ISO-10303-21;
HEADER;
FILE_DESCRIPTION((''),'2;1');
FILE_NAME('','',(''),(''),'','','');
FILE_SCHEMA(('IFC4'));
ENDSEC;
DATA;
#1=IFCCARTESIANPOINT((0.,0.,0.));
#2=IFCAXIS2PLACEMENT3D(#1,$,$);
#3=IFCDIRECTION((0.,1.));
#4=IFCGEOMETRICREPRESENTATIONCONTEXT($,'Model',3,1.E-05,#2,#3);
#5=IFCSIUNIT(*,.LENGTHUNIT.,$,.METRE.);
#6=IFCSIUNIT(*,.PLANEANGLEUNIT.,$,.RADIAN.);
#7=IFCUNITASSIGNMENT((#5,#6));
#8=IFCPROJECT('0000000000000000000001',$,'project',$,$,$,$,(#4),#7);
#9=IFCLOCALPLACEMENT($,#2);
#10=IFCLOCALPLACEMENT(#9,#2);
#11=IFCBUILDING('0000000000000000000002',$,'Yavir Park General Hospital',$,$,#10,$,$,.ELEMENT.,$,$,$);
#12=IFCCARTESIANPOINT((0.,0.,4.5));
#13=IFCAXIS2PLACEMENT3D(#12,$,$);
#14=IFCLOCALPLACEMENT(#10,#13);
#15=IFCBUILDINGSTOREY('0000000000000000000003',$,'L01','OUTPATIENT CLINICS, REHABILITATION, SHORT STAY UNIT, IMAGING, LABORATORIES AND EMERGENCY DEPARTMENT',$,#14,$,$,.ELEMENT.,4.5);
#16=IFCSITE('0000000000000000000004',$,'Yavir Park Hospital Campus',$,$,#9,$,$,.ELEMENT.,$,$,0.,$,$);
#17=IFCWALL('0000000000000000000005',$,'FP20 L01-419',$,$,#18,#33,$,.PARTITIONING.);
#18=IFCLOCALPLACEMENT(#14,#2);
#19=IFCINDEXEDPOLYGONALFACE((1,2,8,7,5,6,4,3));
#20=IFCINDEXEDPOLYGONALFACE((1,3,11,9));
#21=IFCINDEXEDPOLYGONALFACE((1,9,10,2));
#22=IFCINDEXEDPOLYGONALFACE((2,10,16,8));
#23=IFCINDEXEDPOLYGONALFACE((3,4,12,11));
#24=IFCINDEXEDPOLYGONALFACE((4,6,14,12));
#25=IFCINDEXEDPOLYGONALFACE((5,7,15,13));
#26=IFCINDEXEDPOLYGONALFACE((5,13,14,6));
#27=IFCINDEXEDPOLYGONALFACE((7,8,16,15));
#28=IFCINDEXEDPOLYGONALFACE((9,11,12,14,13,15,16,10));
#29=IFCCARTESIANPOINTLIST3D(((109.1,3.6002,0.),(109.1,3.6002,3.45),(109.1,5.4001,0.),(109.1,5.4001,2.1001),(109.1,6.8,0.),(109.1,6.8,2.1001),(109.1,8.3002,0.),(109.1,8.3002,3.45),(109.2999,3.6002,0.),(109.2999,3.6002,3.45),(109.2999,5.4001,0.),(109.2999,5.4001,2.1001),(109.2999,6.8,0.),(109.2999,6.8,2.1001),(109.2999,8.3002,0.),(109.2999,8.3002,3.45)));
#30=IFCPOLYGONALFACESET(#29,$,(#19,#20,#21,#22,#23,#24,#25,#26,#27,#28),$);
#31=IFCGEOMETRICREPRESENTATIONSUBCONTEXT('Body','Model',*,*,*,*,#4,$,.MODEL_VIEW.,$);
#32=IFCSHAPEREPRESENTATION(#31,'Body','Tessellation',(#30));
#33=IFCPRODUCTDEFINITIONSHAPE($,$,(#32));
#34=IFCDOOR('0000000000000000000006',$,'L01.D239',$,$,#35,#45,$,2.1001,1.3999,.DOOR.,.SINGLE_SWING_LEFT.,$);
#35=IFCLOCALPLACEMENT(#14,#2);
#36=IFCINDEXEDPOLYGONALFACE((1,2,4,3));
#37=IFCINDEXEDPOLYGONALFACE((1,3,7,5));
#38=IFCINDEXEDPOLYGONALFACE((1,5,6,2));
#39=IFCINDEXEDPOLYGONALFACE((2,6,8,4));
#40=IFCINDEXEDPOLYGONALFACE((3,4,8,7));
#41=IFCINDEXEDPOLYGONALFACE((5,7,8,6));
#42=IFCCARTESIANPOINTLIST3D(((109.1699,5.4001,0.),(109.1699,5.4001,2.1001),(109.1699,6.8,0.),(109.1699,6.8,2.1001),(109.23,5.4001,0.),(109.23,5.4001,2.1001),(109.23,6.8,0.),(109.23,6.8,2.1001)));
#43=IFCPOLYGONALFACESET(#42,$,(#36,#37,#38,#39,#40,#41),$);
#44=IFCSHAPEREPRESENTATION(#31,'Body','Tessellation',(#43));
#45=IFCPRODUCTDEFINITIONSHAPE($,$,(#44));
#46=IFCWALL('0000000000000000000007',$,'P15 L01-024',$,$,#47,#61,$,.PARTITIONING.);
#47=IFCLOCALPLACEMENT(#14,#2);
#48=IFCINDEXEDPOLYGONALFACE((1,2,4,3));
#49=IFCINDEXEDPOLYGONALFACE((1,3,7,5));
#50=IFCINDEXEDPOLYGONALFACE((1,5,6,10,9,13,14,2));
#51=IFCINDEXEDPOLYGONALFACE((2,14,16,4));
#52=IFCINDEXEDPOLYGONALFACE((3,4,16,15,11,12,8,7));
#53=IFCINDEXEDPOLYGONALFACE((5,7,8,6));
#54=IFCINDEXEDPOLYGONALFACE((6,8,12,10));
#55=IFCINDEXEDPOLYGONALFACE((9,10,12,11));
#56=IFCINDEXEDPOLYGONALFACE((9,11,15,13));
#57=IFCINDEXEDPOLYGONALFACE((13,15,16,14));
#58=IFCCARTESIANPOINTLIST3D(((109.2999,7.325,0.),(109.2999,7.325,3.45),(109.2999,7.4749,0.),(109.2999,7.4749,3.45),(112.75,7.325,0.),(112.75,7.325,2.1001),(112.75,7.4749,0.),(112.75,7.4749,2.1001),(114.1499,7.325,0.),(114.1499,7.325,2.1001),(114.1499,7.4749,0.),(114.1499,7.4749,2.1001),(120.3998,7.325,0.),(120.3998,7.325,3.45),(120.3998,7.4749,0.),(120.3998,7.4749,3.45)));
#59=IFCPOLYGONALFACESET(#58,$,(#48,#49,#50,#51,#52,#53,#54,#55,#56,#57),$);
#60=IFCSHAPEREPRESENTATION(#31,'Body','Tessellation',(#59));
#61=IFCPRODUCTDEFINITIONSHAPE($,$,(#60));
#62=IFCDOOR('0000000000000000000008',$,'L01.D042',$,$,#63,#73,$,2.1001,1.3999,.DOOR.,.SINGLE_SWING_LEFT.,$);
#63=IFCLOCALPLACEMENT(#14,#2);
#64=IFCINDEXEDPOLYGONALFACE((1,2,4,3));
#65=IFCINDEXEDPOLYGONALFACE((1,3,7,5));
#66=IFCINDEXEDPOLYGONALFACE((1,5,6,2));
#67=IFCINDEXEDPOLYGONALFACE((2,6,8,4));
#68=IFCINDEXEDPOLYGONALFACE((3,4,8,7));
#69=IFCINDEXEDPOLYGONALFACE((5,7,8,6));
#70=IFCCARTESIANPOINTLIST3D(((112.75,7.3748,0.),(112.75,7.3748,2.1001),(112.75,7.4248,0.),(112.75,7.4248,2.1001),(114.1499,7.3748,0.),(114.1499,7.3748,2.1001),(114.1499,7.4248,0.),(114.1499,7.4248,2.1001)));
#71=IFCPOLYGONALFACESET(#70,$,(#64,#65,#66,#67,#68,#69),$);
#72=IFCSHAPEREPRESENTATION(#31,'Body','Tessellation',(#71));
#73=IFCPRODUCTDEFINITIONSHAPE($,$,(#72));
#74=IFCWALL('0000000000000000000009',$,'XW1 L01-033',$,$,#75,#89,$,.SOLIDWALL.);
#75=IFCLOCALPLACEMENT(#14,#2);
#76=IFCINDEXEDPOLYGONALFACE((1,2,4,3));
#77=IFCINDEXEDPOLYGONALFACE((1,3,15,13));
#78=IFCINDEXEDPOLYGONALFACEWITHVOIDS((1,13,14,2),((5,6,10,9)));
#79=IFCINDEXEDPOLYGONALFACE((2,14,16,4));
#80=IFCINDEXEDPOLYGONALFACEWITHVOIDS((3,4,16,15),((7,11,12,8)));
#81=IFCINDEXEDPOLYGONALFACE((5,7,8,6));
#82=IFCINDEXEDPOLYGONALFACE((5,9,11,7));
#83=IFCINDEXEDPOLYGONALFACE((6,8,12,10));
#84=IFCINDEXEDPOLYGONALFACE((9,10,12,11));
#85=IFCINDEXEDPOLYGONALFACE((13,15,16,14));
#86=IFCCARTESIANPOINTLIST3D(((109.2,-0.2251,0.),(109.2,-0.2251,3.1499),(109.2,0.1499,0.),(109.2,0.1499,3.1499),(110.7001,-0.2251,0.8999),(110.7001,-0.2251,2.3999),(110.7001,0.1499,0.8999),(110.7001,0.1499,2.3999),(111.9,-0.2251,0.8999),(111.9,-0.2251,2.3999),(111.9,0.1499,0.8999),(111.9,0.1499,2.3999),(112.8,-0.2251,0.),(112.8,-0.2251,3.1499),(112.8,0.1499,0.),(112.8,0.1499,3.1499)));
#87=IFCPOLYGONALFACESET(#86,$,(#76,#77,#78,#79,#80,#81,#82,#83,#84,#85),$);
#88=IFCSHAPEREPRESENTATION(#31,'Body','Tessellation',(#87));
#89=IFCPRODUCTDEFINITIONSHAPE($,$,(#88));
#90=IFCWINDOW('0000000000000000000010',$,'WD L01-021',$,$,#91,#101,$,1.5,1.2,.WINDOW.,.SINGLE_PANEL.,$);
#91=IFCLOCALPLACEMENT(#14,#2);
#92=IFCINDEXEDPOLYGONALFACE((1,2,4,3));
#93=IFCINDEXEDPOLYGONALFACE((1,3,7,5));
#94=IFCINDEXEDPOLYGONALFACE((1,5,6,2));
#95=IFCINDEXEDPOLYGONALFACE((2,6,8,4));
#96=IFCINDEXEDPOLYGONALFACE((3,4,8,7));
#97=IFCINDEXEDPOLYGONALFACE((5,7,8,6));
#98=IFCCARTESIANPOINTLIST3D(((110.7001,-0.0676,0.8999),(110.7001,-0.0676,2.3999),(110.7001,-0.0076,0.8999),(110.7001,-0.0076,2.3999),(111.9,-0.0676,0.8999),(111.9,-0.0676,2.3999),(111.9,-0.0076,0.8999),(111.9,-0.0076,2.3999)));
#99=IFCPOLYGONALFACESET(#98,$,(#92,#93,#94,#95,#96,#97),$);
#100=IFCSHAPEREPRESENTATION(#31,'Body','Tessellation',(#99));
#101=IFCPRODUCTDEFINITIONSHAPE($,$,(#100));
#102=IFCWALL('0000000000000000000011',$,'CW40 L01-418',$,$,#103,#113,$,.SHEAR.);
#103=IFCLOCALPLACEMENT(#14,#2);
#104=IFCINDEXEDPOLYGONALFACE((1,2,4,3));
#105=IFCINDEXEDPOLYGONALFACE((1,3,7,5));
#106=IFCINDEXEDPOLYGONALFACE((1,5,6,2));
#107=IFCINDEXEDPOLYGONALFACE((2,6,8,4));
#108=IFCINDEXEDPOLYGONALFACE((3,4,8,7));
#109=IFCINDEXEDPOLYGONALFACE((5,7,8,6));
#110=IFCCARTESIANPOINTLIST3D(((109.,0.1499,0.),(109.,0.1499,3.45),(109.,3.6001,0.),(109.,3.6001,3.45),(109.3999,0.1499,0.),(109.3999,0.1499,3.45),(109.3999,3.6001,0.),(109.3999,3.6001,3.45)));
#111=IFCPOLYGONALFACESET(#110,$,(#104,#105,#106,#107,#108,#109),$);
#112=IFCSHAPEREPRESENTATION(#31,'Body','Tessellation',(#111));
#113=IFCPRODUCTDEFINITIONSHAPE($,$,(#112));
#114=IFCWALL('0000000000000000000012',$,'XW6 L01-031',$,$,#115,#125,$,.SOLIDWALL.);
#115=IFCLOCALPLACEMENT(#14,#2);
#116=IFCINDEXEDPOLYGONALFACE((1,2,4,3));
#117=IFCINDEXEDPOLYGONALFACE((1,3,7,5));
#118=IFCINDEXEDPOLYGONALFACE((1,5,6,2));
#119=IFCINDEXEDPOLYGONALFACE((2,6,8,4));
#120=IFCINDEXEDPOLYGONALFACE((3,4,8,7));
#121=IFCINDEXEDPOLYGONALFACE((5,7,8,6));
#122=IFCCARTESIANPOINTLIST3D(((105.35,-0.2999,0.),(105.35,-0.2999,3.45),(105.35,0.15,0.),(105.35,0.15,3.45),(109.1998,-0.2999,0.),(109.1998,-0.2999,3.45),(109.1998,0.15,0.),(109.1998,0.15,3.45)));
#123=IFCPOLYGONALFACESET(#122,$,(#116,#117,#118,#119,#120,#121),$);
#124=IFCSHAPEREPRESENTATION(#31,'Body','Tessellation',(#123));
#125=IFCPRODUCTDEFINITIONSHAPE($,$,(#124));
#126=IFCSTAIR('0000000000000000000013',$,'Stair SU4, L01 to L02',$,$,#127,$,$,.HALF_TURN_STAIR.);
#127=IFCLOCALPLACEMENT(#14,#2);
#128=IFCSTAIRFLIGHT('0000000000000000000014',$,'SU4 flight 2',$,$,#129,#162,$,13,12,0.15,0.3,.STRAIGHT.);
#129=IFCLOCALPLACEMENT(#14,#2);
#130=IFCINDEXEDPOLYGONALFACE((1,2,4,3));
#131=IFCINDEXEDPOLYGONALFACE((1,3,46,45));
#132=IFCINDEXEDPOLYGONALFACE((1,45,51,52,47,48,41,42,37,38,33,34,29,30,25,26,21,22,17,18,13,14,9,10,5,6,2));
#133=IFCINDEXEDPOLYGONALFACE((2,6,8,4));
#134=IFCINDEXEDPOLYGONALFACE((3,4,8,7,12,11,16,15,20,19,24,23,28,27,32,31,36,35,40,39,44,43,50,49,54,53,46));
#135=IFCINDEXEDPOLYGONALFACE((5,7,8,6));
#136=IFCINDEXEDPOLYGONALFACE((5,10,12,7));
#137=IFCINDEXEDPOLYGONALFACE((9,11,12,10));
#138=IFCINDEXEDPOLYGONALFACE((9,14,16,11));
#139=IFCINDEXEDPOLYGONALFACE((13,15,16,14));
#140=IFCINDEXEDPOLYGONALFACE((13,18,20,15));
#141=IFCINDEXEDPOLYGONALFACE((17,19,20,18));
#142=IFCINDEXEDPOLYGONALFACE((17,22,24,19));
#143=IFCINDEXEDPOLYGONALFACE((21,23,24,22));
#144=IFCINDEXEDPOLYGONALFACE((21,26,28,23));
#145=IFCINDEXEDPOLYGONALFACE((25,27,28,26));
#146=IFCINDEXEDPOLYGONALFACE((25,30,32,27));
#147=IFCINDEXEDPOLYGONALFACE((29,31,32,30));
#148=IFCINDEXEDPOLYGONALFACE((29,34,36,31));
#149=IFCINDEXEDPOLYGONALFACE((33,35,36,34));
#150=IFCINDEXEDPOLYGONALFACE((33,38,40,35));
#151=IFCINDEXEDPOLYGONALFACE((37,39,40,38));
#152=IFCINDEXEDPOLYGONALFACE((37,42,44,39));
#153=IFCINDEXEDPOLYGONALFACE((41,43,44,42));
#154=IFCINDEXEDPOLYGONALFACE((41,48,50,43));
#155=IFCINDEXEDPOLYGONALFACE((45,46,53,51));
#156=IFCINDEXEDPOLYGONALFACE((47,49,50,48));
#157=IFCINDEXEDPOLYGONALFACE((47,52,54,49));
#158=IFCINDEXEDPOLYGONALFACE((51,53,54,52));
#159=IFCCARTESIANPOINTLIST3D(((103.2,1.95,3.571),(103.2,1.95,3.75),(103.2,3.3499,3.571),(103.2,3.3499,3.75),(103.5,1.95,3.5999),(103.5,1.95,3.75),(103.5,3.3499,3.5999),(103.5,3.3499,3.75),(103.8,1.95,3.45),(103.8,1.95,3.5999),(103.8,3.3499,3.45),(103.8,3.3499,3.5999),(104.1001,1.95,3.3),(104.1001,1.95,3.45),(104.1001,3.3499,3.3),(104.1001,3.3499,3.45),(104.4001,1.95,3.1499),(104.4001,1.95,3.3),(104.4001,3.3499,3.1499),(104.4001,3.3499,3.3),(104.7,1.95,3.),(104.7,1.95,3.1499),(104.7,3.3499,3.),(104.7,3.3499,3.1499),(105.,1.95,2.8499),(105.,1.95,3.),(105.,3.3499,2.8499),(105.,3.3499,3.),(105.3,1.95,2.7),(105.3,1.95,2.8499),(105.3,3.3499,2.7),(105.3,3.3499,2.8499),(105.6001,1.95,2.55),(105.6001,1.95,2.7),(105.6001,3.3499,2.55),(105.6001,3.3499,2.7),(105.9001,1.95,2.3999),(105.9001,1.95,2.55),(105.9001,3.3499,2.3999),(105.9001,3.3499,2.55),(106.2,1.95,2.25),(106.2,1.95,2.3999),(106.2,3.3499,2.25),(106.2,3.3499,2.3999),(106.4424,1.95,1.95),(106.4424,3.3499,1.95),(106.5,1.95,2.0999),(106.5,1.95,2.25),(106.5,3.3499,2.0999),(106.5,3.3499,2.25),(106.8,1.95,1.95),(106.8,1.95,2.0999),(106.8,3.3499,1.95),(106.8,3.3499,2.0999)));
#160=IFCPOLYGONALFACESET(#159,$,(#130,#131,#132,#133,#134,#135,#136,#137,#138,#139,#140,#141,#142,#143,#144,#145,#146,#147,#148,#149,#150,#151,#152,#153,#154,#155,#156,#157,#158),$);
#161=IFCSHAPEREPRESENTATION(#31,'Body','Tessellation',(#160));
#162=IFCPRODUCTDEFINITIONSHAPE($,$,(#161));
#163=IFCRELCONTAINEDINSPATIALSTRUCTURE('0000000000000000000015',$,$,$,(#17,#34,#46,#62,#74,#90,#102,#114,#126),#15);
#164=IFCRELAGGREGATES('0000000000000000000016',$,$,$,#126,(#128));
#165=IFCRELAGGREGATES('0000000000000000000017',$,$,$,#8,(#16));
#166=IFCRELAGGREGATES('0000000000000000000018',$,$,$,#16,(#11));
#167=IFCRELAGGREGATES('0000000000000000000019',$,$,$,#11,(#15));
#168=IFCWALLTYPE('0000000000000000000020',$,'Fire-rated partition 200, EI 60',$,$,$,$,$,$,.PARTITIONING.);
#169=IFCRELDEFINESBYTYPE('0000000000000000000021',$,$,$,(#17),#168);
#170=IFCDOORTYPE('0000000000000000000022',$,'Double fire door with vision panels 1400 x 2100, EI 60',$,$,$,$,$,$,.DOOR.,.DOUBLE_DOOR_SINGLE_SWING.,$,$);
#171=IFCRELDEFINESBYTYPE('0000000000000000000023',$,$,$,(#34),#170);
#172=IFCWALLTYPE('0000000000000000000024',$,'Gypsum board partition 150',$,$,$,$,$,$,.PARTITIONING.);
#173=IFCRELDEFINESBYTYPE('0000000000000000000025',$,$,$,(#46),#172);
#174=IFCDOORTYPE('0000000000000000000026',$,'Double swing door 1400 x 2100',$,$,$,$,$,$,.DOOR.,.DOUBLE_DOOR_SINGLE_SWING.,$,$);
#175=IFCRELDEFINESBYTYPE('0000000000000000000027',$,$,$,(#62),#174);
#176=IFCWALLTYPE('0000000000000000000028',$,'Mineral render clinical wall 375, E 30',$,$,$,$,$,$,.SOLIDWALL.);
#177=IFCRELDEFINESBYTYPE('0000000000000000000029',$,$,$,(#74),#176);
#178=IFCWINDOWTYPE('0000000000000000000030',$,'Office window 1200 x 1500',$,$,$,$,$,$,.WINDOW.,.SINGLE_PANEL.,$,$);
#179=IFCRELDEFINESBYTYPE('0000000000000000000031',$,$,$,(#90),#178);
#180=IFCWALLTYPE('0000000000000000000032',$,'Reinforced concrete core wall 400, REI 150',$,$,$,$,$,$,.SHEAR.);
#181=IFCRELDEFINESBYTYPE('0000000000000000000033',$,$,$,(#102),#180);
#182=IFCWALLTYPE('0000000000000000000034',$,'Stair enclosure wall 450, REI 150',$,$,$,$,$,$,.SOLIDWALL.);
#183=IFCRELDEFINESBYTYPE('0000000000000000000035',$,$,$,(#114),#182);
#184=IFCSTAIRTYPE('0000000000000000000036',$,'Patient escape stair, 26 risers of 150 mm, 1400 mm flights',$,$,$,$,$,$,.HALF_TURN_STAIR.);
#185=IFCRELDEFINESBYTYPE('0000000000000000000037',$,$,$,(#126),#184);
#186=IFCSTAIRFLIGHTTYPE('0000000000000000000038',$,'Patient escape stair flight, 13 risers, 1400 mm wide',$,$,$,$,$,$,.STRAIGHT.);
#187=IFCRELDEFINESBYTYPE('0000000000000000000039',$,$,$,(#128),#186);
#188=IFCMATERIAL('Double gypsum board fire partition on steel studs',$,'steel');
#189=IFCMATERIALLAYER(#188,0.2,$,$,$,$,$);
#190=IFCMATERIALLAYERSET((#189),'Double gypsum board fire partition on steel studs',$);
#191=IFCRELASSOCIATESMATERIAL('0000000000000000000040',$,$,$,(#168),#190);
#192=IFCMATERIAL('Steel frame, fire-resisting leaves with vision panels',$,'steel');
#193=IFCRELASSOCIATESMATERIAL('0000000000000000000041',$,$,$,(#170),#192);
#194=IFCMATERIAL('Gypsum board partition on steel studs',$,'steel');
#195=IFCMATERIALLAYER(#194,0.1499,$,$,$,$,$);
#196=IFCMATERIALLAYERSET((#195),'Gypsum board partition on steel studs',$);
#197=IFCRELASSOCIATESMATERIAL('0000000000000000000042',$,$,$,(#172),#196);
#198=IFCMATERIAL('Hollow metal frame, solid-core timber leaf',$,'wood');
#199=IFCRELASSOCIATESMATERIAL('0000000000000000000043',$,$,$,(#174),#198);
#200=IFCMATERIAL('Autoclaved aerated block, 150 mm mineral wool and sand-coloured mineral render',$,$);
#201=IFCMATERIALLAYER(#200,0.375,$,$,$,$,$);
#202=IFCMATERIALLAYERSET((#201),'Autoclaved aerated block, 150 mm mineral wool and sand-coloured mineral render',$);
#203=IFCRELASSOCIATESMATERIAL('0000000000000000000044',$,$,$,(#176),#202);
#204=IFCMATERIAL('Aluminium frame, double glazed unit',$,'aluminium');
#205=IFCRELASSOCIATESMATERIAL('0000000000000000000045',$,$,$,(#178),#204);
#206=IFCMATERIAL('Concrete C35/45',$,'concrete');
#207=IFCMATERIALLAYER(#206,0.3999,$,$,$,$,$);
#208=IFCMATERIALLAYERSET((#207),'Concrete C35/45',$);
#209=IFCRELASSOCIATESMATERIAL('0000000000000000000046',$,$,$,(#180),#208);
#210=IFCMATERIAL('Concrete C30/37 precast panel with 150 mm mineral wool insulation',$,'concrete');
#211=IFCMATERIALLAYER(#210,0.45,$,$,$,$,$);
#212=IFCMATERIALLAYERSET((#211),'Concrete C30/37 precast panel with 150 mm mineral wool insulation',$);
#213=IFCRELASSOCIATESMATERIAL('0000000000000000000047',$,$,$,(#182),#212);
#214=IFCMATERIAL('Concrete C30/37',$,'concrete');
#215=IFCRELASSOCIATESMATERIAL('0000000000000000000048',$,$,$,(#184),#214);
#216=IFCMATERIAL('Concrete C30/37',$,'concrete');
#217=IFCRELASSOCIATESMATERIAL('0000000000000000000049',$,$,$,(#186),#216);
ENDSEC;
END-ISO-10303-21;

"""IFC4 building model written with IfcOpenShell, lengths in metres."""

from ifc_helpers import new_model, si_unit, direction, frame, frame_2d, origin, place, context, subcontext, project, spatial, polyline, rectangle, outline, extrude, material, layer, layer_set, type_object, element, fill, aggregate, save


model = new_model("IFC4")

# Units and contexts
model_context = context("Model", 3, precision=1e-05, world=origin(), true_north=direction((0.0, 1.0)))
body_context = subcontext(model_context, "Body", "Model", "MODEL_VIEW")
ifc_project = project(units=[si_unit("LENGTHUNIT", "METRE"), si_unit("PLANEANGLEUNIT", "RADIAN")], contexts=[model_context])

# Site, building, storey
site_placement = place(None, origin())
site = spatial("IfcSite", under=ifc_project, at=site_placement, Name="Yavir Park Hospital Campus", CompositionType="ELEMENT", RefElevation=0.0)
building_placement = place(site_placement, origin())
building = spatial("IfcBuilding", under=site, at=building_placement, Name="Yavir Park General Hospital", CompositionType="ELEMENT")
storey_placement = place(building_placement, frame((0.0, 0.0, 4.5)))
storey = spatial("IfcBuildingStorey", under=building, at=storey_placement, Name="L01", Description="OUTPATIENT CLINICS, REHABILITATION, SHORT STAY UNIT, IMAGING, LABORATORIES AND EMERGENCY DEPARTMENT", CompositionType="ELEMENT", Elevation=4.5)

# Walls, openings, doors
ifc_material_1 = material(Name="Double gypsum board fire partition on steel studs", Category="steel")
ifc_layer_1 = layer(ifc_material_1, 0.2)
ifc_layer_set_1 = layer_set([ifc_layer_1], Name="Double gypsum board fire partition on steel studs")
wall_type_1 = type_object("IfcWallType", Name="Fire-rated partition 200, EI 60", PredefinedType="PARTITIONING", material=ifc_layer_set_1)
wall_1_placement = place(storey_placement, frame((109.2, 3.6001, 0.0), z_axis=(0.0, 0.0, 1.0), x_axis=(0.0, 1.0, 0.0)))
wall_1 = element("IfcWall", 1, at=wall_1_placement, inside=storey, type_object=wall_type_1, Name="FP20 L01-419", PredefinedType="PARTITIONING", context=body_context, shape_type="SweptSolid", body=[
    extrude(rectangle(XDim=4.7, YDim=0.2, at=frame_2d((2.3501, 0.0))), origin(), (0.0, 0.0, 1.0), 3.45),
])
opening_1_placement = place(wall_1_placement, frame((1.8, 0.0, 0.0)))
opening_1 = element("IfcOpeningElement", 2, at=opening_1_placement, cuts=wall_1, PredefinedType="OPENING", context=body_context, shape_type="SweptSolid", body=[
    extrude(rectangle(XDim=1.3999, YDim=2.1001, at=frame_2d((0.7, 1.05))), frame((0.0, 0.1099, 0.0), z_axis=(0.0, -1.0, 0.0), x_axis=(1.0, 0.0, 0.0)), (0.0, 0.0, 1.0), 0.22),
])
ifc_material_2 = material(Name="Steel frame, fire-resisting leaves with vision panels", Category="steel")
door_type_1 = type_object("IfcDoorType", Name="Double fire door with vision panels 1400 x 2100, EI 60", OperationType="DOUBLE_DOOR_SINGLE_SWING", PredefinedType="DOOR", material=ifc_material_2)
door_1_placement = place(opening_1_placement, origin())
door_1 = element("IfcDoor", 3, at=door_1_placement, inside=storey, type_object=door_type_1, Name="L01.D239", OperationType="SINGLE_SWING_LEFT", OverallHeight=2.1001, OverallWidth=1.3999, PredefinedType="DOOR", context=body_context, shape_type="SweptSolid", body=[
    extrude(rectangle(XDim=1.3999, YDim=2.1001, at=frame_2d((0.7, 1.05))), frame((0.0, 0.03, 0.0), z_axis=(0.0, -1.0, 0.0), x_axis=(1.0, 0.0, 0.0)), (0.0, 0.0, 1.0), 0.0601),
])
fill(opening_1, door_1)
ifc_material_3 = material(Name="Gypsum board partition on steel studs", Category="steel")
ifc_layer_2 = layer(ifc_material_3, 0.1499)
ifc_layer_set_2 = layer_set([ifc_layer_2], Name="Gypsum board partition on steel studs")
wall_type_2 = type_object("IfcWallType", Name="Gypsum board partition 150", PredefinedType="PARTITIONING", material=ifc_layer_set_2)
wall_2_placement = place(storey_placement, frame((109.3, 7.3999, 0.0), z_axis=(0.0, 0.0, 1.0), x_axis=(1.0, 0.0, 0.0)))
wall_2 = element("IfcWall", 4, at=wall_2_placement, inside=storey, type_object=wall_type_2, Name="P15 L01-024", PredefinedType="PARTITIONING", context=body_context, shape_type="SweptSolid", body=[
    extrude(rectangle(XDim=11.0999, YDim=0.1499, at=frame_2d((5.5498, 0.0))), origin(), (0.0, 0.0, 1.0), 3.45),
])
opening_2_placement = place(wall_2_placement, frame((3.45, 0.0, 0.0)))
opening_2 = element("IfcOpeningElement", 5, at=opening_2_placement, cuts=wall_2, PredefinedType="OPENING", context=body_context, shape_type="SweptSolid", body=[
    extrude(rectangle(XDim=1.3999, YDim=2.1001, at=frame_2d((0.7, 1.05))), frame((0.0, 0.085, 0.0), z_axis=(0.0, -1.0, 0.0), x_axis=(1.0, 0.0, 0.0)), (0.0, 0.0, 1.0), 0.1699),
])
ifc_material_4 = material(Name="Hollow metal frame, solid-core timber leaf", Category="wood")
door_type_2 = type_object("IfcDoorType", Name="Double swing door 1400 x 2100", OperationType="DOUBLE_DOOR_SINGLE_SWING", PredefinedType="DOOR", material=ifc_material_4)
door_2_placement = place(opening_2_placement, origin())
door_2 = element("IfcDoor", 6, at=door_2_placement, inside=storey, type_object=door_type_2, Name="L01.D042", OperationType="SINGLE_SWING_LEFT", OverallHeight=2.1001, OverallWidth=1.3999, PredefinedType="DOOR", context=body_context, shape_type="SweptSolid", body=[
    extrude(rectangle(XDim=1.3999, YDim=2.1001, at=frame_2d((0.7, 1.05))), frame((0.0, 0.0249, 0.0), z_axis=(0.0, -1.0, 0.0), x_axis=(1.0, 0.0, 0.0)), (0.0, 0.0, 1.0), 0.05),
])
fill(opening_2, door_2)

# Wall, opening, window
ifc_material_5 = material(Name="Autoclaved aerated block, 150 mm mineral wool and sand-coloured mineral render")
ifc_layer_3 = layer(ifc_material_5, 0.375)
ifc_layer_set_3 = layer_set([ifc_layer_3], Name="Autoclaved aerated block, 150 mm mineral wool and sand-coloured mineral render")
wall_type_3 = type_object("IfcWallType", Name="Mineral render clinical wall 375, E 30", PredefinedType="SOLIDWALL", material=ifc_layer_set_3)
wall_3_placement = place(storey_placement, frame((109.2, -0.0376, 0.0), z_axis=(0.0, 0.0, 1.0), x_axis=(1.0, 0.0, 0.0)))
wall_3 = element("IfcWall", 7, at=wall_3_placement, inside=storey, type_object=wall_type_3, Name="XW1 L01-033", PredefinedType="SOLIDWALL", context=body_context, shape_type="SweptSolid", body=[
    extrude(rectangle(XDim=3.6001, YDim=0.375, at=frame_2d((1.8, 0.0))), origin(), (0.0, 0.0, 1.0), 3.1499),
])
opening_3_placement = place(wall_3_placement, frame((1.5, 0.0, 0.8999)))
opening_3 = element("IfcOpeningElement", 8, at=opening_3_placement, cuts=wall_3, PredefinedType="OPENING", context=body_context, shape_type="SweptSolid", body=[
    extrude(rectangle(XDim=1.2, YDim=1.5, at=frame_2d((0.6001, 0.75))), frame((0.0, 0.1975, 0.0), z_axis=(0.0, -1.0, 0.0), x_axis=(1.0, 0.0, 0.0)), (0.0, 0.0, 1.0), 0.395),
])
ifc_material_6 = material(Name="Aluminium frame, double glazed unit", Category="aluminium")
window_type = type_object("IfcWindowType", Name="Office window 1200 x 1500", PartitioningType="SINGLE_PANEL", PredefinedType="WINDOW", material=ifc_material_6)
window_placement = place(opening_3_placement, origin())
window = element("IfcWindow", 9, at=window_placement, inside=storey, type_object=window_type, Name="WD L01-021", OverallHeight=1.5, OverallWidth=1.2, PartitioningType="SINGLE_PANEL", PredefinedType="WINDOW", context=body_context, shape_type="SweptSolid", body=[
    extrude(rectangle(XDim=1.2, YDim=1.5, at=frame_2d((0.6001, 0.75))), frame((0.0, 0.03, 0.0), z_axis=(0.0, -1.0, 0.0), x_axis=(1.0, 0.0, 0.0)), (0.0, 0.0, 1.0), 0.0601),
])
fill(opening_3, window)

# Walls
ifc_material_7 = material(Name="Concrete C35/45", Category="concrete")
ifc_layer_4 = layer(ifc_material_7, 0.3999)
ifc_layer_set_4 = layer_set([ifc_layer_4], Name="Concrete C35/45")
wall_type_4 = type_object("IfcWallType", Name="Reinforced concrete core wall 400, REI 150", PredefinedType="SHEAR", material=ifc_layer_set_4)
wall_4_placement = place(storey_placement, frame((109.2, 0.1499, 0.0), z_axis=(0.0, 0.0, 1.0), x_axis=(0.0, 1.0, 0.0)))
element("IfcWall", 10, at=wall_4_placement, inside=storey, type_object=wall_type_4, Name="CW40 L01-418", PredefinedType="SHEAR", context=body_context, shape_type="SweptSolid", body=[
    extrude(rectangle(XDim=3.4502, YDim=0.3999, at=frame_2d((1.7251, 0.0))), origin(), (0.0, 0.0, 1.0), 3.45),
])
ifc_material_8 = material(Name="Concrete C30/37 precast panel with 150 mm mineral wool insulation", Category="concrete")
ifc_layer_5 = layer(ifc_material_8, 0.45)
ifc_layer_set_5 = layer_set([ifc_layer_5], Name="Concrete C30/37 precast panel with 150 mm mineral wool insulation")
wall_type_5 = type_object("IfcWallType", Name="Stair enclosure wall 450, REI 150", PredefinedType="SOLIDWALL", material=ifc_layer_set_5)
wall_5_placement = place(storey_placement, frame((105.3501, -0.075, 0.0), z_axis=(0.0, 0.0, 1.0), x_axis=(1.0, 0.0, 0.0)))
element("IfcWall", 11, at=wall_5_placement, inside=storey, type_object=wall_type_5, Name="XW6 L01-031", PredefinedType="SOLIDWALL", context=body_context, shape_type="SweptSolid", body=[
    extrude(rectangle(XDim=3.8499, YDim=0.45, at=frame_2d((1.9248, 0.0))), origin(), (0.0, 0.0, 1.0), 3.45),
])

# Stair, stair flight
ifc_material_9 = material(Name="Concrete C30/37", Category="concrete")
stair_type = type_object("IfcStairType", Name="Patient escape stair, 26 risers of 150 mm, 1400 mm flights", PredefinedType="HALF_TURN_STAIR", material=ifc_material_9)
stair_placement = place(storey_placement, origin())
stair = element("IfcStair", 12, at=stair_placement, inside=storey, type_object=stair_type, Name="Stair SU4, L01 to L02", PredefinedType="HALF_TURN_STAIR")
ifc_material_10 = material(Name="Concrete C30/37", Category="concrete")
stair_flight_type = type_object("IfcStairFlightType", Name="Patient escape stair flight, 13 risers, 1400 mm wide", PredefinedType="STRAIGHT", material=ifc_material_10)
stair_flight_placement = place(storey_placement, frame((106.8, 2.6499, 1.95), z_axis=(0.0, 0.0, 1.0), x_axis=(-1.0, 0.0, 0.0)))
stair_flight = element("IfcStairFlight", 13, at=stair_flight_placement, type_object=stair_flight_type, Name="SU4 flight 2", NumberOfRisers=13, NumberOfTreads=12, PredefinedType="STRAIGHT", RiserHeight=0.15, TreadLength=0.3, context=body_context, shape_type="SweptSolid", body=[
    extrude(outline(polyline([(0.0, 0.0), (0.0, 0.1499), (0.3, 0.1499), (0.3, 0.3), (0.6001, 0.3), (0.6001, 0.45), (0.8999, 0.45), (0.8999, 0.6001), (1.2, 0.6001), (1.2, 0.75), (1.5, 0.75), (1.5, 0.8999), (1.8, 0.8999), (1.8, 1.05), (2.1001, 1.05), (2.1001, 1.2), (2.3999, 1.2), (2.3999, 1.3501), (2.7, 1.3501), (2.7, 1.5), (3.0, 1.5), (3.0, 1.6499), (3.3, 1.6499), (3.3, 1.8), (3.6001, 1.8), (3.6001, 1.95), (3.6001, 1.6211), (0.3577, 0.0), (0.0, 0.0)])), frame((0.0, 0.7, 0.0), z_axis=(0.0, -1.0, 0.0), x_axis=(1.0, 0.0, 0.0)), (0.0, 0.0, 1.0), 1.3999),
])
aggregate(stair, [stair_flight])

save(model, "model.ifc")
